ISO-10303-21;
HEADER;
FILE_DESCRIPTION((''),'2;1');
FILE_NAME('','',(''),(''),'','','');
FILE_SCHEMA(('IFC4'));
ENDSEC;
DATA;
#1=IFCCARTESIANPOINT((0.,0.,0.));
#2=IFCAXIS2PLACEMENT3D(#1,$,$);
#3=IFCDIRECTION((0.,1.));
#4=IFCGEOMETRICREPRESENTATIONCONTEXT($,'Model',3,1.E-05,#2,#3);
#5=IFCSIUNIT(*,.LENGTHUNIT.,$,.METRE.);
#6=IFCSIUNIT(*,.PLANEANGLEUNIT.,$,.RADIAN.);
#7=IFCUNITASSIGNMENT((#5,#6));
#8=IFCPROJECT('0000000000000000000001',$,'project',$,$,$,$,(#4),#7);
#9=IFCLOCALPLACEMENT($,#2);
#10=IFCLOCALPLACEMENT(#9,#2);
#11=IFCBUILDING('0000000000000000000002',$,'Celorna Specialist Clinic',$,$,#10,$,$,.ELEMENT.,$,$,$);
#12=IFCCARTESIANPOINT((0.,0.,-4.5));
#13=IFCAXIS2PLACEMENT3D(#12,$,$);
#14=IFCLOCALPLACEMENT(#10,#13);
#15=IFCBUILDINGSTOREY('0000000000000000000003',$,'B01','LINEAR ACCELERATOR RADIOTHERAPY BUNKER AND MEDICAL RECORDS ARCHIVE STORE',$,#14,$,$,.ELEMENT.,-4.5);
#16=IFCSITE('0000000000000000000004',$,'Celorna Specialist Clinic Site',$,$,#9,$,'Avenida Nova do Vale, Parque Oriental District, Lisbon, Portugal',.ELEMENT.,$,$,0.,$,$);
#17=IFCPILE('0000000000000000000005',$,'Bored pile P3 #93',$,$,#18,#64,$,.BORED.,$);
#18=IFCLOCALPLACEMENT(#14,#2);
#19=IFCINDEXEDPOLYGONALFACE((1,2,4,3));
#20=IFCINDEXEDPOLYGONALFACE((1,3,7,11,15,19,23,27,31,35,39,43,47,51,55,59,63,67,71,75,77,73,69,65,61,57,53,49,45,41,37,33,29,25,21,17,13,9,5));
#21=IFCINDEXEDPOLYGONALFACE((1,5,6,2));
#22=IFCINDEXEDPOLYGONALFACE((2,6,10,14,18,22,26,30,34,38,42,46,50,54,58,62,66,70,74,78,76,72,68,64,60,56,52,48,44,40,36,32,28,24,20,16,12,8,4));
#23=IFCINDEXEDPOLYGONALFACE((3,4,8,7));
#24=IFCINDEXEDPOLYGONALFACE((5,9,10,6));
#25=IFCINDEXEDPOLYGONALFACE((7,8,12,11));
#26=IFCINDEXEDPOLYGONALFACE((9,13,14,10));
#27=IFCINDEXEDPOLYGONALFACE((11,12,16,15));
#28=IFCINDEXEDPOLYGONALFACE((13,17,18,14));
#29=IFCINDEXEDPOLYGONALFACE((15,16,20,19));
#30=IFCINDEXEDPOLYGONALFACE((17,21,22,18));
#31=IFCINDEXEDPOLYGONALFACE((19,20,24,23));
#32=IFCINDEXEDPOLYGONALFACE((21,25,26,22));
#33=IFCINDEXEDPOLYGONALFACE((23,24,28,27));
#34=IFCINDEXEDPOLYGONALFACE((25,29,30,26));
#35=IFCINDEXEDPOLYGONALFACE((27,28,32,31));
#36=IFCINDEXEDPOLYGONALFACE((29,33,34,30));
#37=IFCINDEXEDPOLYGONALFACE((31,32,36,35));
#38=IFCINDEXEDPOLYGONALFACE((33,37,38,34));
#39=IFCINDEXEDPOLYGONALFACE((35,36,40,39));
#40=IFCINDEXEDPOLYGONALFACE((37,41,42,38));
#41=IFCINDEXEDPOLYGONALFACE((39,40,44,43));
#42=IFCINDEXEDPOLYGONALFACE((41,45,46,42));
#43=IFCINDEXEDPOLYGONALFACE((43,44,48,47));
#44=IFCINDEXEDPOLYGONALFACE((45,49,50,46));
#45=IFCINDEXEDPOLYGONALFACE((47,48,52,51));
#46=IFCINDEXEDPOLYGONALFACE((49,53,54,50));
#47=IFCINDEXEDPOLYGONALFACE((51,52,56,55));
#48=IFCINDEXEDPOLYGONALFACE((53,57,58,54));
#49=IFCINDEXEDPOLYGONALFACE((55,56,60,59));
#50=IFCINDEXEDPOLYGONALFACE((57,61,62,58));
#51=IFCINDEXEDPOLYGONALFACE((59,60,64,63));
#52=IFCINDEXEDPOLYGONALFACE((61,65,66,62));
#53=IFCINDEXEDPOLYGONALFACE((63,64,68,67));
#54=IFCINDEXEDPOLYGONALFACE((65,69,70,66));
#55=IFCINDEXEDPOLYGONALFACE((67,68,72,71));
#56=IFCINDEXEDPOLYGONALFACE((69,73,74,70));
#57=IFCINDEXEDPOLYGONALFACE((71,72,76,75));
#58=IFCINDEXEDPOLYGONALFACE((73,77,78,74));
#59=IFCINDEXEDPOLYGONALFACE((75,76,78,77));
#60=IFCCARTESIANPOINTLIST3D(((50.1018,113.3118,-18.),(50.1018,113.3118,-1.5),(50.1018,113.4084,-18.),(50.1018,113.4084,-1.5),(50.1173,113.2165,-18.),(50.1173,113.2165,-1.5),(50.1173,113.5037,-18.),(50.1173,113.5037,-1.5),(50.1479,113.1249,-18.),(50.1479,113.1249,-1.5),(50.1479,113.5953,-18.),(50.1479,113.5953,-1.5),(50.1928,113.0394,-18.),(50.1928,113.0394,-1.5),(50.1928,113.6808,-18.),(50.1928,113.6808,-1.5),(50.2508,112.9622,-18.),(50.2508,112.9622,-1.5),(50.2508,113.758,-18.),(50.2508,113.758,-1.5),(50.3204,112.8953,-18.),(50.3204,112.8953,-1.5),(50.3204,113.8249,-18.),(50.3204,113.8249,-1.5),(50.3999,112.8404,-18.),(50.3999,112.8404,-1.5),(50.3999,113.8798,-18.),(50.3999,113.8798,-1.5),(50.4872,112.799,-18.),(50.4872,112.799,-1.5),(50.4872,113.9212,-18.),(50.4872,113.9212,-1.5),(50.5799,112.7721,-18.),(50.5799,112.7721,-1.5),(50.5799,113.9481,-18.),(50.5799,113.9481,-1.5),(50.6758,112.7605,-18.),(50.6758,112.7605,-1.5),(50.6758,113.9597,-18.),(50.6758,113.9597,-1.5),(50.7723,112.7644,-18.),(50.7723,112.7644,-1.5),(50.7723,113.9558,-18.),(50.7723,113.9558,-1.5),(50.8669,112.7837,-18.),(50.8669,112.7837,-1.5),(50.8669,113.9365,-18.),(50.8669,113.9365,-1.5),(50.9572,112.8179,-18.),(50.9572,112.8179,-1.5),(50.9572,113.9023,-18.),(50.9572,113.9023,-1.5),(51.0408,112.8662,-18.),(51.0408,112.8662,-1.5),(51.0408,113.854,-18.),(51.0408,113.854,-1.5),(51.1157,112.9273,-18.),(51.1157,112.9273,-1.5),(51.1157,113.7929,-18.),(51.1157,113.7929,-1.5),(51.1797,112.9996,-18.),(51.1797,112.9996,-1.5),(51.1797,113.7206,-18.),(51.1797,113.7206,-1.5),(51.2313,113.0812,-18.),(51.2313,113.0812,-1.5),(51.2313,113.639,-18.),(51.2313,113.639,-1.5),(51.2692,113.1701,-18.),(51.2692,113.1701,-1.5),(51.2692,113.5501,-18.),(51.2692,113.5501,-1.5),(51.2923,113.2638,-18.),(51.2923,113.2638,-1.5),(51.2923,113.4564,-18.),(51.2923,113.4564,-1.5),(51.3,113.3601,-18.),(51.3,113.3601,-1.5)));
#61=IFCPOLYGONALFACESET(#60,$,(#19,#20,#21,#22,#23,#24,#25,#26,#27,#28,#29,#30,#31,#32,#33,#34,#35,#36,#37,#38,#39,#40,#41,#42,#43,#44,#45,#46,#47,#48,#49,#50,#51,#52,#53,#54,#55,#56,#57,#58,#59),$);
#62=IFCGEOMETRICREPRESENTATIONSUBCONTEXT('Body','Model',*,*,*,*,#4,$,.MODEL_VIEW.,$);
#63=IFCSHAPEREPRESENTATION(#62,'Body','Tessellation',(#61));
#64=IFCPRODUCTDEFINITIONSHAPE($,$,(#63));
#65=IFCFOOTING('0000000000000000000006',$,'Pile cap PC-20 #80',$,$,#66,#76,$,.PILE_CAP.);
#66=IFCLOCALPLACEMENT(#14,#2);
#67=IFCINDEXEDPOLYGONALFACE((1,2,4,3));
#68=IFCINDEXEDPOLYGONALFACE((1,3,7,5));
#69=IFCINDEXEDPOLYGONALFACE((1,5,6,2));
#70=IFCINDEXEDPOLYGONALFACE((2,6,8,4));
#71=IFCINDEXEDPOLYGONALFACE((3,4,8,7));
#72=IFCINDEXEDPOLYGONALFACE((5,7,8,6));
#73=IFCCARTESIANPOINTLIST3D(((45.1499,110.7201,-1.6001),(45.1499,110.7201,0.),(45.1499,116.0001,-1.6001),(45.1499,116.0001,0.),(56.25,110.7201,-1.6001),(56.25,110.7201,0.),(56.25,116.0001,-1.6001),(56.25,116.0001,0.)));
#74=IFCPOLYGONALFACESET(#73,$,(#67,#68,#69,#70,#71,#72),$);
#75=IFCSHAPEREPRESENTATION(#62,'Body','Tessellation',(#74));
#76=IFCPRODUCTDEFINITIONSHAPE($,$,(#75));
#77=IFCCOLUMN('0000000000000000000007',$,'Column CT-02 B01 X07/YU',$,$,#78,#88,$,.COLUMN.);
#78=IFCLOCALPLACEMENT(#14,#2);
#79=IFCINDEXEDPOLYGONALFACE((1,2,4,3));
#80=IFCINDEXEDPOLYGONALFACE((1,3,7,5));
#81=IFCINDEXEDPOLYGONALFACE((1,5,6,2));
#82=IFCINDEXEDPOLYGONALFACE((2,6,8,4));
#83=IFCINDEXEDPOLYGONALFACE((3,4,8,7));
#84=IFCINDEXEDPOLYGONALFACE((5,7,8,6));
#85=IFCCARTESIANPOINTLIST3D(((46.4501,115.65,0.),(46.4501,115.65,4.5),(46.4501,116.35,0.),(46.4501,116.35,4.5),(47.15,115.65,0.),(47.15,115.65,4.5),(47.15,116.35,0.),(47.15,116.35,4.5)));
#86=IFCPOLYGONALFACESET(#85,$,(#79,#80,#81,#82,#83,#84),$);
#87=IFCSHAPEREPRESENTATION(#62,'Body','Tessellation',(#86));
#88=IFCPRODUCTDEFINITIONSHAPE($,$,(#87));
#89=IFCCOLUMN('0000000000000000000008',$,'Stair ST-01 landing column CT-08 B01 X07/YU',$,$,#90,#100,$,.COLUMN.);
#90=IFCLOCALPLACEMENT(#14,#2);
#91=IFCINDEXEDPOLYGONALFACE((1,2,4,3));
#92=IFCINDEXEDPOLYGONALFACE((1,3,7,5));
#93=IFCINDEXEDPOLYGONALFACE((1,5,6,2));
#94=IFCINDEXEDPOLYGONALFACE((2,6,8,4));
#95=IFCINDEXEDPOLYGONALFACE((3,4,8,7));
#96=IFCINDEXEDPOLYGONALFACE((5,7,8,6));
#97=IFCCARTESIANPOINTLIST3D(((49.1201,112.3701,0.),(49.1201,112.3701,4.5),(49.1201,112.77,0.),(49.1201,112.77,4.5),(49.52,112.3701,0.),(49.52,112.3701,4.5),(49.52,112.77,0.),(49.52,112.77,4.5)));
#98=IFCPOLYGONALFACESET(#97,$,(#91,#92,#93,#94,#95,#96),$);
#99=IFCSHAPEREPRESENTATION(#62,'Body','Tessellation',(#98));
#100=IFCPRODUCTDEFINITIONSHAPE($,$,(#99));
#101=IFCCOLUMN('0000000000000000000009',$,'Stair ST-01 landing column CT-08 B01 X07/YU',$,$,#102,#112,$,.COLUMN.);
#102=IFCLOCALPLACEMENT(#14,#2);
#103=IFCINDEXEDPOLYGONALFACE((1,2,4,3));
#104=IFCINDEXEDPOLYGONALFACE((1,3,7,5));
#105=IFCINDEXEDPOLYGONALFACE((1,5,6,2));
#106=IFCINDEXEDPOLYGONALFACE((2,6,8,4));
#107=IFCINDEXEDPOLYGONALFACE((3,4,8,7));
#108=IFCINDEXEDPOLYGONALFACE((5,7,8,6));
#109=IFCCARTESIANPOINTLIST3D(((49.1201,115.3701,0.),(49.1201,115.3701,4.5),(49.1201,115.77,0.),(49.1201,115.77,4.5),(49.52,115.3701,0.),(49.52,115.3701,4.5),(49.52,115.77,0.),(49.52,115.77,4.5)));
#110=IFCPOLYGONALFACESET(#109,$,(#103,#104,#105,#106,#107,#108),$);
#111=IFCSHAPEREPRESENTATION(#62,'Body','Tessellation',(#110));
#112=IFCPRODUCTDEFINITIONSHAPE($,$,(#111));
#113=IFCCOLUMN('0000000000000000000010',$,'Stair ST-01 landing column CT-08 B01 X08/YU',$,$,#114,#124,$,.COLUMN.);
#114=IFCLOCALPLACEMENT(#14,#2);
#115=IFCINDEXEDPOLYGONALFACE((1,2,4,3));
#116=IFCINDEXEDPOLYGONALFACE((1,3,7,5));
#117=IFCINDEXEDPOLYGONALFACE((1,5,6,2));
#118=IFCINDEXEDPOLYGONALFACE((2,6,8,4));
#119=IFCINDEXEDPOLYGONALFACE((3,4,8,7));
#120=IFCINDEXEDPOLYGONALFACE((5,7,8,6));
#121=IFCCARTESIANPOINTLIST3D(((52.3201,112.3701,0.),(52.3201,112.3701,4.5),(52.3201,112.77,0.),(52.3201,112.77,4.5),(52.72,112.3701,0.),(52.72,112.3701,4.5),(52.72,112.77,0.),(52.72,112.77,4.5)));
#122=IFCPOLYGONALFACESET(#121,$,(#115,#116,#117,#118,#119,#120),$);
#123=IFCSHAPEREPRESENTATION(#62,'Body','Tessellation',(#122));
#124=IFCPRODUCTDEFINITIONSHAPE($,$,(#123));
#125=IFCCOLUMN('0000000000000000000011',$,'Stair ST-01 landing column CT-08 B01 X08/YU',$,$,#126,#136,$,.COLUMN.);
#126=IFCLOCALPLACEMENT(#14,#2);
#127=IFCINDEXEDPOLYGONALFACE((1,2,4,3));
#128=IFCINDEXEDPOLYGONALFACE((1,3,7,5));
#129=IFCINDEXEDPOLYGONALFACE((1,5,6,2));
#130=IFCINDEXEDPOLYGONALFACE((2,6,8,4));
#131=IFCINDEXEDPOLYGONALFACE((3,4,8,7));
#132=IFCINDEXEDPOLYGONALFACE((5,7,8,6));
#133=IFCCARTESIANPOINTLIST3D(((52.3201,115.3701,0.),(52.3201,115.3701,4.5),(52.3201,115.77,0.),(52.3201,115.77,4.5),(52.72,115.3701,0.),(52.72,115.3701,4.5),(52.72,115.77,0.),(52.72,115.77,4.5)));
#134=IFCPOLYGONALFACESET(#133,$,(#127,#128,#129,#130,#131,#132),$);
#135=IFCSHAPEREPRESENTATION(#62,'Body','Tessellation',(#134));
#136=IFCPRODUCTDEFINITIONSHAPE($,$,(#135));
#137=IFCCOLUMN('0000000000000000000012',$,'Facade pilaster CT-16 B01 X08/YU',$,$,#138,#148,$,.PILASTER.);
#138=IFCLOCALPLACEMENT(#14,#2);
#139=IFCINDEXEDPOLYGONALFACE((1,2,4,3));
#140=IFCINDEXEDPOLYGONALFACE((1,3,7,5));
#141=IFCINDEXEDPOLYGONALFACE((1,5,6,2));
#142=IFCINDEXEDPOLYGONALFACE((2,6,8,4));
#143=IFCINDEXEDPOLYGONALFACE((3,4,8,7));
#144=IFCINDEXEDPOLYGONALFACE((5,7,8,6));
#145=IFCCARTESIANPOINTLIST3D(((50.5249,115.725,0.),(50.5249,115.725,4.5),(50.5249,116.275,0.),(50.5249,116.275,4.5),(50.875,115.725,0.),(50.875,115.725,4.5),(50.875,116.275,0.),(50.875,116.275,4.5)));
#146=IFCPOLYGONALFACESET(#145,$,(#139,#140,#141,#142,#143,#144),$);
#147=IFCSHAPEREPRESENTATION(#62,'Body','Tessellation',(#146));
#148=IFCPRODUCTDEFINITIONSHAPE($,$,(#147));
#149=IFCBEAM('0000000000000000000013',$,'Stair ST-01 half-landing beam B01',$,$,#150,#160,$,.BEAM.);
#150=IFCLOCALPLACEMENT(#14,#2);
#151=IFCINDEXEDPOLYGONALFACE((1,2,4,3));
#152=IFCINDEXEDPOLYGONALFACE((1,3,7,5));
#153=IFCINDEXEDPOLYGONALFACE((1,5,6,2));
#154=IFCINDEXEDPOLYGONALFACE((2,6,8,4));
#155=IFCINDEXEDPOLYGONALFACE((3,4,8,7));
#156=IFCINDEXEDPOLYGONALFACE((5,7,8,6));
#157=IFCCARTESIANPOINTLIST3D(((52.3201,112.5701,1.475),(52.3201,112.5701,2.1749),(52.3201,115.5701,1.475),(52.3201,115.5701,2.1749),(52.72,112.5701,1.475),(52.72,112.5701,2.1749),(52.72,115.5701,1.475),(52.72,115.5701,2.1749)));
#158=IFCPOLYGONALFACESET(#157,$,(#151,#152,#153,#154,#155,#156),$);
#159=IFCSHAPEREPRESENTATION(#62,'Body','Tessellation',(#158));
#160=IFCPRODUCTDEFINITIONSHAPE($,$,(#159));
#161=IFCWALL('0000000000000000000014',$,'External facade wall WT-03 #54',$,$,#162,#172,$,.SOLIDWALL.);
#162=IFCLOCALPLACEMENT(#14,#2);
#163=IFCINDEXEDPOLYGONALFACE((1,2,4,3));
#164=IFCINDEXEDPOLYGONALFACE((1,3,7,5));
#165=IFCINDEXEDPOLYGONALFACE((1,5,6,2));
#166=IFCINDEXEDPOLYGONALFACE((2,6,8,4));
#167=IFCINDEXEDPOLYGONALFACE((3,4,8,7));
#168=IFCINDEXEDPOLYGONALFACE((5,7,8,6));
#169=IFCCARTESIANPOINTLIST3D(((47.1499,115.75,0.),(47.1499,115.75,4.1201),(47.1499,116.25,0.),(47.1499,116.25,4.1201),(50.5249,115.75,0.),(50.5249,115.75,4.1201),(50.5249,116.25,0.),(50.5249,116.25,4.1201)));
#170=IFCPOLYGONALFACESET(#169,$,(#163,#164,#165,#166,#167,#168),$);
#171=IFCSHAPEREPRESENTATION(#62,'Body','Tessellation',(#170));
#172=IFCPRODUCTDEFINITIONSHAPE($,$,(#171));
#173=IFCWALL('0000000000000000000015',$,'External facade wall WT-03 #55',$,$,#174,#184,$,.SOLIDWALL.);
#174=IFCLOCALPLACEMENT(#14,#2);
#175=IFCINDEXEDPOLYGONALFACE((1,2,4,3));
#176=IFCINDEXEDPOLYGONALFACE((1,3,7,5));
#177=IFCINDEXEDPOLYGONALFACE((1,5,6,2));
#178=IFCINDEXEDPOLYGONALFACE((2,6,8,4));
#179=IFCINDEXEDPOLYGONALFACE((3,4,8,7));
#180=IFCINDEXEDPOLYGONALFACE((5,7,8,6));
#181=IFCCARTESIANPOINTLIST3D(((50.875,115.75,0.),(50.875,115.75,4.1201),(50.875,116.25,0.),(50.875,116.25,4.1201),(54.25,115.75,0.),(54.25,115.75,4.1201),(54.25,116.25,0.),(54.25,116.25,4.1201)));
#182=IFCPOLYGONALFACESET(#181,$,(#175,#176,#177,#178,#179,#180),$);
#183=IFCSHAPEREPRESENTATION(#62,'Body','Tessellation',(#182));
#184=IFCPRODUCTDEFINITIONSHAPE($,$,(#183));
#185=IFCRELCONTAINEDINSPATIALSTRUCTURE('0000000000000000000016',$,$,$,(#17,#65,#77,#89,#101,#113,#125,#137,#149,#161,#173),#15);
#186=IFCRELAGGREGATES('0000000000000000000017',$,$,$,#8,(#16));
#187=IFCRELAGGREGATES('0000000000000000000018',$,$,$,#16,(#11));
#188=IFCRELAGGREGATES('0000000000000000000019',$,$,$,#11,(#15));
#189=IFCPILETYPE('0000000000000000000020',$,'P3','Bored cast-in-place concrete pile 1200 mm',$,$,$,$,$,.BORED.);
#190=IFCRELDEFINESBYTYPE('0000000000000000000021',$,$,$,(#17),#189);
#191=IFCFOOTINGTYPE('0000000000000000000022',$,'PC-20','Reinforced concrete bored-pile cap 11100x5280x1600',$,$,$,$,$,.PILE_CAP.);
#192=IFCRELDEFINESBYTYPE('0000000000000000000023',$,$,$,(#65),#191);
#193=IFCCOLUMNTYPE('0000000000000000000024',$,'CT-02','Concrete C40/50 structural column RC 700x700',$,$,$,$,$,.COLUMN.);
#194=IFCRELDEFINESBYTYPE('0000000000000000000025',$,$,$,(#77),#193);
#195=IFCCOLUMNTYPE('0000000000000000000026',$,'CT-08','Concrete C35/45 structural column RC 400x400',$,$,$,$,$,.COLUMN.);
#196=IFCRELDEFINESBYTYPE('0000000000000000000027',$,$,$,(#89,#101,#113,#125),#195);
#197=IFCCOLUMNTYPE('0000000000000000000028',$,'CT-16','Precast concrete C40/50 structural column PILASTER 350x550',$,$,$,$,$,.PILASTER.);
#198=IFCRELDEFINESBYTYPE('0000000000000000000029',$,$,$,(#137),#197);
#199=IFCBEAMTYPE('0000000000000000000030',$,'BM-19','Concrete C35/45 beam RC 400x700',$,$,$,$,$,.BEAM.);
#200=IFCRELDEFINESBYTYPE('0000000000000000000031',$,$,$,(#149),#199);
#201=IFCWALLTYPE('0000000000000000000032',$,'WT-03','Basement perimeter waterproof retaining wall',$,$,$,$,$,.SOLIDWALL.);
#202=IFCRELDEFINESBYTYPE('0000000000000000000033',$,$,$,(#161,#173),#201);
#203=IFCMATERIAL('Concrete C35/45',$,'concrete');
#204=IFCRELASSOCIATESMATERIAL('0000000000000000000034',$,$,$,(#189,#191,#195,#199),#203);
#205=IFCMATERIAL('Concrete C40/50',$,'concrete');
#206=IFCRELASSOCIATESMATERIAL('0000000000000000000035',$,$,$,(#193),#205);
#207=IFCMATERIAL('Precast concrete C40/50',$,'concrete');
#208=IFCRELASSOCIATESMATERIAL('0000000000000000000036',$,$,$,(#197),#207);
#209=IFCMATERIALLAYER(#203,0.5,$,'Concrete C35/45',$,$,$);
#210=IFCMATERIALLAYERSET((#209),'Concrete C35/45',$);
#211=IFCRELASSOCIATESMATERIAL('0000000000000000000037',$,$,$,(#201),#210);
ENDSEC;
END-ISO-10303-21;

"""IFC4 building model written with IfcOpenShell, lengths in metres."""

from ifc_helpers import new_model, si_unit, direction, frame, frame_2d, origin, origin_2d, place, context, subcontext, project, spatial, rectangle, circle, extrude, material, layer, layer_set, material_profile, profile_set, type_object, element, save


model = new_model("IFC4")

# Units and contexts
model_context = context("Model", 3, precision=1e-05, world=origin(), true_north=direction((0.0, 1.0)))
body_context = subcontext(model_context, "Body", "Model", "MODEL_VIEW")
ifc_project = project(units=[si_unit("LENGTHUNIT", "METRE"), si_unit("PLANEANGLEUNIT", "RADIAN")], contexts=[model_context])

# Site, building, storey
site_placement = place(None, origin())
site = spatial("IfcSite", under=ifc_project, at=site_placement, Name="Celorna Specialist Clinic Site", LongName="Avenida Nova do Vale, Parque Oriental District, Lisbon, Portugal", CompositionType="ELEMENT", RefElevation=0.0)
building_placement = place(site_placement, origin())
building = spatial("IfcBuilding", under=site, at=building_placement, Name="Celorna Specialist Clinic", CompositionType="ELEMENT")
storey_placement = place(building_placement, frame((0.0, 0.0, -4.5)))
storey = spatial("IfcBuildingStorey", under=building, at=storey_placement, Name="B01", Description="LINEAR ACCELERATOR RADIOTHERAPY BUNKER AND MEDICAL RECORDS ARCHIVE STORE", CompositionType="ELEMENT", Elevation=-4.5)

# Pile
ifc_material_1 = material(Name="Concrete C35/45", Category="concrete")
ifc_material_profile_1 = material_profile(ifc_material_1, circle(Radius=0.6001, at=origin_2d()), Name="BORED PILE 1200")
ifc_profile_set_1 = profile_set([ifc_material_profile_1], Name="Concrete C35/45")
pile_type = type_object("IfcPileType", Name="P3", Description="Bored cast-in-place concrete pile 1200 mm", PredefinedType="BORED", material=ifc_profile_set_1)
pile_placement = place(storey_placement, frame((50.7, 113.3601, -1.5), z_axis=(0.0, 0.0, -1.0), x_axis=(1.0, 0.0, 0.0)))
element("IfcPile", 1, at=pile_placement, inside=storey, type_object=pile_type, Name="Bored pile P3 #93", PredefinedType="BORED", context=body_context, shape_type="SweptSolid", body=[
    extrude(circle(Radius=0.6001, at=origin_2d()), origin(), (0.0, 0.0, 1.0), 16.5),
])

# Footing
footing_type = type_object("IfcFootingType", Name="PC-20", Description="Reinforced concrete bored-pile cap 11100x5280x1600", PredefinedType="PILE_CAP", material=ifc_material_1)
footing_placement = place(storey_placement, frame((50.7, 113.3601, -1.6001), z_axis=(0.0, 0.0, 1.0), x_axis=(1.0, 0.0, 0.0)))
element("IfcFooting", 2, at=footing_placement, inside=storey, type_object=footing_type, Name="Pile cap PC-20 #80", PredefinedType="PILE_CAP", context=body_context, shape_type="SweptSolid", body=[
    extrude(rectangle(XDim=11.1001, YDim=5.28, at=origin_2d()), origin(), (0.0, 0.0, 1.0), 1.6001),
])

# Columns
ifc_material_2 = material(Name="Concrete C40/50", Category="concrete")
ifc_material_profile_2 = material_profile(ifc_material_2, rectangle(XDim=0.7, YDim=0.7, at=origin_2d()), Name="RC 700x700")
ifc_profile_set_2 = profile_set([ifc_material_profile_2], Name="Concrete C40/50")
column_type_1 = type_object("IfcColumnType", Name="CT-02", Description="Concrete C40/50 structural column RC 700x700", PredefinedType="COLUMN", material=ifc_profile_set_2)
column_1_placement = place(storey_placement, frame((46.8, 116.0, 0.0), z_axis=(0.0, 0.0, 1.0), x_axis=(1.0, 0.0, 0.0)))
element("IfcColumn", 3, at=column_1_placement, inside=storey, type_object=column_type_1, Name="Column CT-02 B01 X07/YU", PredefinedType="COLUMN", context=body_context, shape_type="SweptSolid", body=[
    extrude(rectangle(XDim=0.7, YDim=0.7, at=origin_2d()), origin(), (0.0, 0.0, 1.0), 4.5),
])
ifc_material_profile_3 = material_profile(ifc_material_1, rectangle(XDim=0.3999, YDim=0.3999, at=origin_2d()), Name="RC 400x400")
ifc_profile_set_3 = profile_set([ifc_material_profile_3], Name="Concrete C35/45")
column_type_2 = type_object("IfcColumnType", Name="CT-08", Description="Concrete C35/45 structural column RC 400x400", PredefinedType="COLUMN", material=ifc_profile_set_3)
for number, where, z_axis, x_axis, name in (
    (4, (49.3201, 112.5701, 0.0), (0.0, 0.0, 1.0), (1.0, 0.0, 0.0), "Stair ST-01 landing column CT-08 B01 X07/YU"),
    (5, (49.3201, 115.5701, 0.0), (0.0, 0.0, 1.0), (1.0, 0.0, 0.0), "Stair ST-01 landing column CT-08 B01 X07/YU"),
    (6, (52.52, 112.5701, 0.0), (0.0, 0.0, 1.0), (1.0, 0.0, 0.0), "Stair ST-01 landing column CT-08 B01 X08/YU"),
    (7, (52.52, 115.5701, 0.0), (0.0, 0.0, 1.0), (1.0, 0.0, 0.0), "Stair ST-01 landing column CT-08 B01 X08/YU"),
):
    element("IfcColumn", number, at=place(storey_placement, frame(where, z_axis=z_axis, x_axis=x_axis)), inside=storey, type_object=column_type_2, Name=name, PredefinedType="COLUMN", context=body_context, shape_type="SweptSolid", body=[
        extrude(rectangle(XDim=0.3999, YDim=0.3999, at=origin_2d()), origin(), (0.0, 0.0, 1.0), 4.5),
    ])
ifc_material_3 = material(Name="Precast concrete C40/50", Category="concrete")
ifc_material_profile_4 = material_profile(ifc_material_3, rectangle(XDim=0.3501, YDim=0.55, at=origin_2d()), Name="PILASTER 350x550")
ifc_profile_set_4 = profile_set([ifc_material_profile_4], Name="Precast concrete C40/50")
column_type_3 = type_object("IfcColumnType", Name="CT-16", Description="Precast concrete C40/50 structural column PILASTER 350x550", PredefinedType="PILASTER", material=ifc_profile_set_4)
column_2_placement = place(storey_placement, frame((50.7, 116.0, 0.0), z_axis=(0.0, 0.0, 1.0), x_axis=(1.0, 0.0, 0.0)))
element("IfcColumn", 8, at=column_2_placement, inside=storey, type_object=column_type_3, Name="Facade pilaster CT-16 B01 X08/YU", PredefinedType="PILASTER", context=body_context, shape_type="SweptSolid", body=[
    extrude(rectangle(XDim=0.3501, YDim=0.55, at=origin_2d()), origin(), (0.0, 0.0, 1.0), 4.5),
])

# Beam
ifc_material_profile_5 = material_profile(ifc_material_1, rectangle(XDim=0.3999, YDim=0.7, at=origin_2d()), Name="RC 400x700")
ifc_profile_set_5 = profile_set([ifc_material_profile_5], Name="Concrete C35/45")
beam_type = type_object("IfcBeamType", Name="BM-19", Description="Concrete C35/45 beam RC 400x700", PredefinedType="BEAM", material=ifc_profile_set_5)
beam_placement = place(storey_placement, frame((52.52, 112.5701, 1.825), z_axis=(0.0, 1.0, 0.0), x_axis=(-1.0, 0.0, 0.0)))
element("IfcBeam", 9, at=beam_placement, inside=storey, type_object=beam_type, Name="Stair ST-01 half-landing beam B01", PredefinedType="BEAM", context=body_context, shape_type="SweptSolid", body=[
    extrude(rectangle(XDim=0.3999, YDim=0.7, at=origin_2d()), origin(), (0.0, 0.0, 1.0), 3.0),
])

# Walls
ifc_layer_1 = layer(ifc_material_1, 0.5, Name="Concrete C35/45")
ifc_layer_set_1 = layer_set([ifc_layer_1], Name="Concrete C35/45")
wall_type_1 = type_object("IfcWallType", Name="WT-03", Description="Basement perimeter waterproof retaining wall", PredefinedType="SOLIDWALL", material=ifc_layer_set_1)
for number, where, z_axis, x_axis, name in (
    (10, (47.1499, 116.0, 0.0), (0.0, 0.0, 1.0), (1.0, 0.0, 0.0), "External facade wall WT-03 #54"),
    (11, (50.875, 116.0, 0.0), (0.0, 0.0, 1.0), (1.0, 0.0, 0.0), "External facade wall WT-03 #55"),
):
    element("IfcWall", number, at=place(storey_placement, frame(where, z_axis=z_axis, x_axis=x_axis)), inside=storey, type_object=wall_type_1, Name=name, PredefinedType="SOLIDWALL", context=body_context, shape_type="SweptSolid", body=[
        extrude(rectangle(XDim=3.375, YDim=0.5, at=frame_2d((1.6875, 0.0))), origin(), (0.0, 0.0, 1.0), 4.1201),
    ])

save(model, "model.ifc")
